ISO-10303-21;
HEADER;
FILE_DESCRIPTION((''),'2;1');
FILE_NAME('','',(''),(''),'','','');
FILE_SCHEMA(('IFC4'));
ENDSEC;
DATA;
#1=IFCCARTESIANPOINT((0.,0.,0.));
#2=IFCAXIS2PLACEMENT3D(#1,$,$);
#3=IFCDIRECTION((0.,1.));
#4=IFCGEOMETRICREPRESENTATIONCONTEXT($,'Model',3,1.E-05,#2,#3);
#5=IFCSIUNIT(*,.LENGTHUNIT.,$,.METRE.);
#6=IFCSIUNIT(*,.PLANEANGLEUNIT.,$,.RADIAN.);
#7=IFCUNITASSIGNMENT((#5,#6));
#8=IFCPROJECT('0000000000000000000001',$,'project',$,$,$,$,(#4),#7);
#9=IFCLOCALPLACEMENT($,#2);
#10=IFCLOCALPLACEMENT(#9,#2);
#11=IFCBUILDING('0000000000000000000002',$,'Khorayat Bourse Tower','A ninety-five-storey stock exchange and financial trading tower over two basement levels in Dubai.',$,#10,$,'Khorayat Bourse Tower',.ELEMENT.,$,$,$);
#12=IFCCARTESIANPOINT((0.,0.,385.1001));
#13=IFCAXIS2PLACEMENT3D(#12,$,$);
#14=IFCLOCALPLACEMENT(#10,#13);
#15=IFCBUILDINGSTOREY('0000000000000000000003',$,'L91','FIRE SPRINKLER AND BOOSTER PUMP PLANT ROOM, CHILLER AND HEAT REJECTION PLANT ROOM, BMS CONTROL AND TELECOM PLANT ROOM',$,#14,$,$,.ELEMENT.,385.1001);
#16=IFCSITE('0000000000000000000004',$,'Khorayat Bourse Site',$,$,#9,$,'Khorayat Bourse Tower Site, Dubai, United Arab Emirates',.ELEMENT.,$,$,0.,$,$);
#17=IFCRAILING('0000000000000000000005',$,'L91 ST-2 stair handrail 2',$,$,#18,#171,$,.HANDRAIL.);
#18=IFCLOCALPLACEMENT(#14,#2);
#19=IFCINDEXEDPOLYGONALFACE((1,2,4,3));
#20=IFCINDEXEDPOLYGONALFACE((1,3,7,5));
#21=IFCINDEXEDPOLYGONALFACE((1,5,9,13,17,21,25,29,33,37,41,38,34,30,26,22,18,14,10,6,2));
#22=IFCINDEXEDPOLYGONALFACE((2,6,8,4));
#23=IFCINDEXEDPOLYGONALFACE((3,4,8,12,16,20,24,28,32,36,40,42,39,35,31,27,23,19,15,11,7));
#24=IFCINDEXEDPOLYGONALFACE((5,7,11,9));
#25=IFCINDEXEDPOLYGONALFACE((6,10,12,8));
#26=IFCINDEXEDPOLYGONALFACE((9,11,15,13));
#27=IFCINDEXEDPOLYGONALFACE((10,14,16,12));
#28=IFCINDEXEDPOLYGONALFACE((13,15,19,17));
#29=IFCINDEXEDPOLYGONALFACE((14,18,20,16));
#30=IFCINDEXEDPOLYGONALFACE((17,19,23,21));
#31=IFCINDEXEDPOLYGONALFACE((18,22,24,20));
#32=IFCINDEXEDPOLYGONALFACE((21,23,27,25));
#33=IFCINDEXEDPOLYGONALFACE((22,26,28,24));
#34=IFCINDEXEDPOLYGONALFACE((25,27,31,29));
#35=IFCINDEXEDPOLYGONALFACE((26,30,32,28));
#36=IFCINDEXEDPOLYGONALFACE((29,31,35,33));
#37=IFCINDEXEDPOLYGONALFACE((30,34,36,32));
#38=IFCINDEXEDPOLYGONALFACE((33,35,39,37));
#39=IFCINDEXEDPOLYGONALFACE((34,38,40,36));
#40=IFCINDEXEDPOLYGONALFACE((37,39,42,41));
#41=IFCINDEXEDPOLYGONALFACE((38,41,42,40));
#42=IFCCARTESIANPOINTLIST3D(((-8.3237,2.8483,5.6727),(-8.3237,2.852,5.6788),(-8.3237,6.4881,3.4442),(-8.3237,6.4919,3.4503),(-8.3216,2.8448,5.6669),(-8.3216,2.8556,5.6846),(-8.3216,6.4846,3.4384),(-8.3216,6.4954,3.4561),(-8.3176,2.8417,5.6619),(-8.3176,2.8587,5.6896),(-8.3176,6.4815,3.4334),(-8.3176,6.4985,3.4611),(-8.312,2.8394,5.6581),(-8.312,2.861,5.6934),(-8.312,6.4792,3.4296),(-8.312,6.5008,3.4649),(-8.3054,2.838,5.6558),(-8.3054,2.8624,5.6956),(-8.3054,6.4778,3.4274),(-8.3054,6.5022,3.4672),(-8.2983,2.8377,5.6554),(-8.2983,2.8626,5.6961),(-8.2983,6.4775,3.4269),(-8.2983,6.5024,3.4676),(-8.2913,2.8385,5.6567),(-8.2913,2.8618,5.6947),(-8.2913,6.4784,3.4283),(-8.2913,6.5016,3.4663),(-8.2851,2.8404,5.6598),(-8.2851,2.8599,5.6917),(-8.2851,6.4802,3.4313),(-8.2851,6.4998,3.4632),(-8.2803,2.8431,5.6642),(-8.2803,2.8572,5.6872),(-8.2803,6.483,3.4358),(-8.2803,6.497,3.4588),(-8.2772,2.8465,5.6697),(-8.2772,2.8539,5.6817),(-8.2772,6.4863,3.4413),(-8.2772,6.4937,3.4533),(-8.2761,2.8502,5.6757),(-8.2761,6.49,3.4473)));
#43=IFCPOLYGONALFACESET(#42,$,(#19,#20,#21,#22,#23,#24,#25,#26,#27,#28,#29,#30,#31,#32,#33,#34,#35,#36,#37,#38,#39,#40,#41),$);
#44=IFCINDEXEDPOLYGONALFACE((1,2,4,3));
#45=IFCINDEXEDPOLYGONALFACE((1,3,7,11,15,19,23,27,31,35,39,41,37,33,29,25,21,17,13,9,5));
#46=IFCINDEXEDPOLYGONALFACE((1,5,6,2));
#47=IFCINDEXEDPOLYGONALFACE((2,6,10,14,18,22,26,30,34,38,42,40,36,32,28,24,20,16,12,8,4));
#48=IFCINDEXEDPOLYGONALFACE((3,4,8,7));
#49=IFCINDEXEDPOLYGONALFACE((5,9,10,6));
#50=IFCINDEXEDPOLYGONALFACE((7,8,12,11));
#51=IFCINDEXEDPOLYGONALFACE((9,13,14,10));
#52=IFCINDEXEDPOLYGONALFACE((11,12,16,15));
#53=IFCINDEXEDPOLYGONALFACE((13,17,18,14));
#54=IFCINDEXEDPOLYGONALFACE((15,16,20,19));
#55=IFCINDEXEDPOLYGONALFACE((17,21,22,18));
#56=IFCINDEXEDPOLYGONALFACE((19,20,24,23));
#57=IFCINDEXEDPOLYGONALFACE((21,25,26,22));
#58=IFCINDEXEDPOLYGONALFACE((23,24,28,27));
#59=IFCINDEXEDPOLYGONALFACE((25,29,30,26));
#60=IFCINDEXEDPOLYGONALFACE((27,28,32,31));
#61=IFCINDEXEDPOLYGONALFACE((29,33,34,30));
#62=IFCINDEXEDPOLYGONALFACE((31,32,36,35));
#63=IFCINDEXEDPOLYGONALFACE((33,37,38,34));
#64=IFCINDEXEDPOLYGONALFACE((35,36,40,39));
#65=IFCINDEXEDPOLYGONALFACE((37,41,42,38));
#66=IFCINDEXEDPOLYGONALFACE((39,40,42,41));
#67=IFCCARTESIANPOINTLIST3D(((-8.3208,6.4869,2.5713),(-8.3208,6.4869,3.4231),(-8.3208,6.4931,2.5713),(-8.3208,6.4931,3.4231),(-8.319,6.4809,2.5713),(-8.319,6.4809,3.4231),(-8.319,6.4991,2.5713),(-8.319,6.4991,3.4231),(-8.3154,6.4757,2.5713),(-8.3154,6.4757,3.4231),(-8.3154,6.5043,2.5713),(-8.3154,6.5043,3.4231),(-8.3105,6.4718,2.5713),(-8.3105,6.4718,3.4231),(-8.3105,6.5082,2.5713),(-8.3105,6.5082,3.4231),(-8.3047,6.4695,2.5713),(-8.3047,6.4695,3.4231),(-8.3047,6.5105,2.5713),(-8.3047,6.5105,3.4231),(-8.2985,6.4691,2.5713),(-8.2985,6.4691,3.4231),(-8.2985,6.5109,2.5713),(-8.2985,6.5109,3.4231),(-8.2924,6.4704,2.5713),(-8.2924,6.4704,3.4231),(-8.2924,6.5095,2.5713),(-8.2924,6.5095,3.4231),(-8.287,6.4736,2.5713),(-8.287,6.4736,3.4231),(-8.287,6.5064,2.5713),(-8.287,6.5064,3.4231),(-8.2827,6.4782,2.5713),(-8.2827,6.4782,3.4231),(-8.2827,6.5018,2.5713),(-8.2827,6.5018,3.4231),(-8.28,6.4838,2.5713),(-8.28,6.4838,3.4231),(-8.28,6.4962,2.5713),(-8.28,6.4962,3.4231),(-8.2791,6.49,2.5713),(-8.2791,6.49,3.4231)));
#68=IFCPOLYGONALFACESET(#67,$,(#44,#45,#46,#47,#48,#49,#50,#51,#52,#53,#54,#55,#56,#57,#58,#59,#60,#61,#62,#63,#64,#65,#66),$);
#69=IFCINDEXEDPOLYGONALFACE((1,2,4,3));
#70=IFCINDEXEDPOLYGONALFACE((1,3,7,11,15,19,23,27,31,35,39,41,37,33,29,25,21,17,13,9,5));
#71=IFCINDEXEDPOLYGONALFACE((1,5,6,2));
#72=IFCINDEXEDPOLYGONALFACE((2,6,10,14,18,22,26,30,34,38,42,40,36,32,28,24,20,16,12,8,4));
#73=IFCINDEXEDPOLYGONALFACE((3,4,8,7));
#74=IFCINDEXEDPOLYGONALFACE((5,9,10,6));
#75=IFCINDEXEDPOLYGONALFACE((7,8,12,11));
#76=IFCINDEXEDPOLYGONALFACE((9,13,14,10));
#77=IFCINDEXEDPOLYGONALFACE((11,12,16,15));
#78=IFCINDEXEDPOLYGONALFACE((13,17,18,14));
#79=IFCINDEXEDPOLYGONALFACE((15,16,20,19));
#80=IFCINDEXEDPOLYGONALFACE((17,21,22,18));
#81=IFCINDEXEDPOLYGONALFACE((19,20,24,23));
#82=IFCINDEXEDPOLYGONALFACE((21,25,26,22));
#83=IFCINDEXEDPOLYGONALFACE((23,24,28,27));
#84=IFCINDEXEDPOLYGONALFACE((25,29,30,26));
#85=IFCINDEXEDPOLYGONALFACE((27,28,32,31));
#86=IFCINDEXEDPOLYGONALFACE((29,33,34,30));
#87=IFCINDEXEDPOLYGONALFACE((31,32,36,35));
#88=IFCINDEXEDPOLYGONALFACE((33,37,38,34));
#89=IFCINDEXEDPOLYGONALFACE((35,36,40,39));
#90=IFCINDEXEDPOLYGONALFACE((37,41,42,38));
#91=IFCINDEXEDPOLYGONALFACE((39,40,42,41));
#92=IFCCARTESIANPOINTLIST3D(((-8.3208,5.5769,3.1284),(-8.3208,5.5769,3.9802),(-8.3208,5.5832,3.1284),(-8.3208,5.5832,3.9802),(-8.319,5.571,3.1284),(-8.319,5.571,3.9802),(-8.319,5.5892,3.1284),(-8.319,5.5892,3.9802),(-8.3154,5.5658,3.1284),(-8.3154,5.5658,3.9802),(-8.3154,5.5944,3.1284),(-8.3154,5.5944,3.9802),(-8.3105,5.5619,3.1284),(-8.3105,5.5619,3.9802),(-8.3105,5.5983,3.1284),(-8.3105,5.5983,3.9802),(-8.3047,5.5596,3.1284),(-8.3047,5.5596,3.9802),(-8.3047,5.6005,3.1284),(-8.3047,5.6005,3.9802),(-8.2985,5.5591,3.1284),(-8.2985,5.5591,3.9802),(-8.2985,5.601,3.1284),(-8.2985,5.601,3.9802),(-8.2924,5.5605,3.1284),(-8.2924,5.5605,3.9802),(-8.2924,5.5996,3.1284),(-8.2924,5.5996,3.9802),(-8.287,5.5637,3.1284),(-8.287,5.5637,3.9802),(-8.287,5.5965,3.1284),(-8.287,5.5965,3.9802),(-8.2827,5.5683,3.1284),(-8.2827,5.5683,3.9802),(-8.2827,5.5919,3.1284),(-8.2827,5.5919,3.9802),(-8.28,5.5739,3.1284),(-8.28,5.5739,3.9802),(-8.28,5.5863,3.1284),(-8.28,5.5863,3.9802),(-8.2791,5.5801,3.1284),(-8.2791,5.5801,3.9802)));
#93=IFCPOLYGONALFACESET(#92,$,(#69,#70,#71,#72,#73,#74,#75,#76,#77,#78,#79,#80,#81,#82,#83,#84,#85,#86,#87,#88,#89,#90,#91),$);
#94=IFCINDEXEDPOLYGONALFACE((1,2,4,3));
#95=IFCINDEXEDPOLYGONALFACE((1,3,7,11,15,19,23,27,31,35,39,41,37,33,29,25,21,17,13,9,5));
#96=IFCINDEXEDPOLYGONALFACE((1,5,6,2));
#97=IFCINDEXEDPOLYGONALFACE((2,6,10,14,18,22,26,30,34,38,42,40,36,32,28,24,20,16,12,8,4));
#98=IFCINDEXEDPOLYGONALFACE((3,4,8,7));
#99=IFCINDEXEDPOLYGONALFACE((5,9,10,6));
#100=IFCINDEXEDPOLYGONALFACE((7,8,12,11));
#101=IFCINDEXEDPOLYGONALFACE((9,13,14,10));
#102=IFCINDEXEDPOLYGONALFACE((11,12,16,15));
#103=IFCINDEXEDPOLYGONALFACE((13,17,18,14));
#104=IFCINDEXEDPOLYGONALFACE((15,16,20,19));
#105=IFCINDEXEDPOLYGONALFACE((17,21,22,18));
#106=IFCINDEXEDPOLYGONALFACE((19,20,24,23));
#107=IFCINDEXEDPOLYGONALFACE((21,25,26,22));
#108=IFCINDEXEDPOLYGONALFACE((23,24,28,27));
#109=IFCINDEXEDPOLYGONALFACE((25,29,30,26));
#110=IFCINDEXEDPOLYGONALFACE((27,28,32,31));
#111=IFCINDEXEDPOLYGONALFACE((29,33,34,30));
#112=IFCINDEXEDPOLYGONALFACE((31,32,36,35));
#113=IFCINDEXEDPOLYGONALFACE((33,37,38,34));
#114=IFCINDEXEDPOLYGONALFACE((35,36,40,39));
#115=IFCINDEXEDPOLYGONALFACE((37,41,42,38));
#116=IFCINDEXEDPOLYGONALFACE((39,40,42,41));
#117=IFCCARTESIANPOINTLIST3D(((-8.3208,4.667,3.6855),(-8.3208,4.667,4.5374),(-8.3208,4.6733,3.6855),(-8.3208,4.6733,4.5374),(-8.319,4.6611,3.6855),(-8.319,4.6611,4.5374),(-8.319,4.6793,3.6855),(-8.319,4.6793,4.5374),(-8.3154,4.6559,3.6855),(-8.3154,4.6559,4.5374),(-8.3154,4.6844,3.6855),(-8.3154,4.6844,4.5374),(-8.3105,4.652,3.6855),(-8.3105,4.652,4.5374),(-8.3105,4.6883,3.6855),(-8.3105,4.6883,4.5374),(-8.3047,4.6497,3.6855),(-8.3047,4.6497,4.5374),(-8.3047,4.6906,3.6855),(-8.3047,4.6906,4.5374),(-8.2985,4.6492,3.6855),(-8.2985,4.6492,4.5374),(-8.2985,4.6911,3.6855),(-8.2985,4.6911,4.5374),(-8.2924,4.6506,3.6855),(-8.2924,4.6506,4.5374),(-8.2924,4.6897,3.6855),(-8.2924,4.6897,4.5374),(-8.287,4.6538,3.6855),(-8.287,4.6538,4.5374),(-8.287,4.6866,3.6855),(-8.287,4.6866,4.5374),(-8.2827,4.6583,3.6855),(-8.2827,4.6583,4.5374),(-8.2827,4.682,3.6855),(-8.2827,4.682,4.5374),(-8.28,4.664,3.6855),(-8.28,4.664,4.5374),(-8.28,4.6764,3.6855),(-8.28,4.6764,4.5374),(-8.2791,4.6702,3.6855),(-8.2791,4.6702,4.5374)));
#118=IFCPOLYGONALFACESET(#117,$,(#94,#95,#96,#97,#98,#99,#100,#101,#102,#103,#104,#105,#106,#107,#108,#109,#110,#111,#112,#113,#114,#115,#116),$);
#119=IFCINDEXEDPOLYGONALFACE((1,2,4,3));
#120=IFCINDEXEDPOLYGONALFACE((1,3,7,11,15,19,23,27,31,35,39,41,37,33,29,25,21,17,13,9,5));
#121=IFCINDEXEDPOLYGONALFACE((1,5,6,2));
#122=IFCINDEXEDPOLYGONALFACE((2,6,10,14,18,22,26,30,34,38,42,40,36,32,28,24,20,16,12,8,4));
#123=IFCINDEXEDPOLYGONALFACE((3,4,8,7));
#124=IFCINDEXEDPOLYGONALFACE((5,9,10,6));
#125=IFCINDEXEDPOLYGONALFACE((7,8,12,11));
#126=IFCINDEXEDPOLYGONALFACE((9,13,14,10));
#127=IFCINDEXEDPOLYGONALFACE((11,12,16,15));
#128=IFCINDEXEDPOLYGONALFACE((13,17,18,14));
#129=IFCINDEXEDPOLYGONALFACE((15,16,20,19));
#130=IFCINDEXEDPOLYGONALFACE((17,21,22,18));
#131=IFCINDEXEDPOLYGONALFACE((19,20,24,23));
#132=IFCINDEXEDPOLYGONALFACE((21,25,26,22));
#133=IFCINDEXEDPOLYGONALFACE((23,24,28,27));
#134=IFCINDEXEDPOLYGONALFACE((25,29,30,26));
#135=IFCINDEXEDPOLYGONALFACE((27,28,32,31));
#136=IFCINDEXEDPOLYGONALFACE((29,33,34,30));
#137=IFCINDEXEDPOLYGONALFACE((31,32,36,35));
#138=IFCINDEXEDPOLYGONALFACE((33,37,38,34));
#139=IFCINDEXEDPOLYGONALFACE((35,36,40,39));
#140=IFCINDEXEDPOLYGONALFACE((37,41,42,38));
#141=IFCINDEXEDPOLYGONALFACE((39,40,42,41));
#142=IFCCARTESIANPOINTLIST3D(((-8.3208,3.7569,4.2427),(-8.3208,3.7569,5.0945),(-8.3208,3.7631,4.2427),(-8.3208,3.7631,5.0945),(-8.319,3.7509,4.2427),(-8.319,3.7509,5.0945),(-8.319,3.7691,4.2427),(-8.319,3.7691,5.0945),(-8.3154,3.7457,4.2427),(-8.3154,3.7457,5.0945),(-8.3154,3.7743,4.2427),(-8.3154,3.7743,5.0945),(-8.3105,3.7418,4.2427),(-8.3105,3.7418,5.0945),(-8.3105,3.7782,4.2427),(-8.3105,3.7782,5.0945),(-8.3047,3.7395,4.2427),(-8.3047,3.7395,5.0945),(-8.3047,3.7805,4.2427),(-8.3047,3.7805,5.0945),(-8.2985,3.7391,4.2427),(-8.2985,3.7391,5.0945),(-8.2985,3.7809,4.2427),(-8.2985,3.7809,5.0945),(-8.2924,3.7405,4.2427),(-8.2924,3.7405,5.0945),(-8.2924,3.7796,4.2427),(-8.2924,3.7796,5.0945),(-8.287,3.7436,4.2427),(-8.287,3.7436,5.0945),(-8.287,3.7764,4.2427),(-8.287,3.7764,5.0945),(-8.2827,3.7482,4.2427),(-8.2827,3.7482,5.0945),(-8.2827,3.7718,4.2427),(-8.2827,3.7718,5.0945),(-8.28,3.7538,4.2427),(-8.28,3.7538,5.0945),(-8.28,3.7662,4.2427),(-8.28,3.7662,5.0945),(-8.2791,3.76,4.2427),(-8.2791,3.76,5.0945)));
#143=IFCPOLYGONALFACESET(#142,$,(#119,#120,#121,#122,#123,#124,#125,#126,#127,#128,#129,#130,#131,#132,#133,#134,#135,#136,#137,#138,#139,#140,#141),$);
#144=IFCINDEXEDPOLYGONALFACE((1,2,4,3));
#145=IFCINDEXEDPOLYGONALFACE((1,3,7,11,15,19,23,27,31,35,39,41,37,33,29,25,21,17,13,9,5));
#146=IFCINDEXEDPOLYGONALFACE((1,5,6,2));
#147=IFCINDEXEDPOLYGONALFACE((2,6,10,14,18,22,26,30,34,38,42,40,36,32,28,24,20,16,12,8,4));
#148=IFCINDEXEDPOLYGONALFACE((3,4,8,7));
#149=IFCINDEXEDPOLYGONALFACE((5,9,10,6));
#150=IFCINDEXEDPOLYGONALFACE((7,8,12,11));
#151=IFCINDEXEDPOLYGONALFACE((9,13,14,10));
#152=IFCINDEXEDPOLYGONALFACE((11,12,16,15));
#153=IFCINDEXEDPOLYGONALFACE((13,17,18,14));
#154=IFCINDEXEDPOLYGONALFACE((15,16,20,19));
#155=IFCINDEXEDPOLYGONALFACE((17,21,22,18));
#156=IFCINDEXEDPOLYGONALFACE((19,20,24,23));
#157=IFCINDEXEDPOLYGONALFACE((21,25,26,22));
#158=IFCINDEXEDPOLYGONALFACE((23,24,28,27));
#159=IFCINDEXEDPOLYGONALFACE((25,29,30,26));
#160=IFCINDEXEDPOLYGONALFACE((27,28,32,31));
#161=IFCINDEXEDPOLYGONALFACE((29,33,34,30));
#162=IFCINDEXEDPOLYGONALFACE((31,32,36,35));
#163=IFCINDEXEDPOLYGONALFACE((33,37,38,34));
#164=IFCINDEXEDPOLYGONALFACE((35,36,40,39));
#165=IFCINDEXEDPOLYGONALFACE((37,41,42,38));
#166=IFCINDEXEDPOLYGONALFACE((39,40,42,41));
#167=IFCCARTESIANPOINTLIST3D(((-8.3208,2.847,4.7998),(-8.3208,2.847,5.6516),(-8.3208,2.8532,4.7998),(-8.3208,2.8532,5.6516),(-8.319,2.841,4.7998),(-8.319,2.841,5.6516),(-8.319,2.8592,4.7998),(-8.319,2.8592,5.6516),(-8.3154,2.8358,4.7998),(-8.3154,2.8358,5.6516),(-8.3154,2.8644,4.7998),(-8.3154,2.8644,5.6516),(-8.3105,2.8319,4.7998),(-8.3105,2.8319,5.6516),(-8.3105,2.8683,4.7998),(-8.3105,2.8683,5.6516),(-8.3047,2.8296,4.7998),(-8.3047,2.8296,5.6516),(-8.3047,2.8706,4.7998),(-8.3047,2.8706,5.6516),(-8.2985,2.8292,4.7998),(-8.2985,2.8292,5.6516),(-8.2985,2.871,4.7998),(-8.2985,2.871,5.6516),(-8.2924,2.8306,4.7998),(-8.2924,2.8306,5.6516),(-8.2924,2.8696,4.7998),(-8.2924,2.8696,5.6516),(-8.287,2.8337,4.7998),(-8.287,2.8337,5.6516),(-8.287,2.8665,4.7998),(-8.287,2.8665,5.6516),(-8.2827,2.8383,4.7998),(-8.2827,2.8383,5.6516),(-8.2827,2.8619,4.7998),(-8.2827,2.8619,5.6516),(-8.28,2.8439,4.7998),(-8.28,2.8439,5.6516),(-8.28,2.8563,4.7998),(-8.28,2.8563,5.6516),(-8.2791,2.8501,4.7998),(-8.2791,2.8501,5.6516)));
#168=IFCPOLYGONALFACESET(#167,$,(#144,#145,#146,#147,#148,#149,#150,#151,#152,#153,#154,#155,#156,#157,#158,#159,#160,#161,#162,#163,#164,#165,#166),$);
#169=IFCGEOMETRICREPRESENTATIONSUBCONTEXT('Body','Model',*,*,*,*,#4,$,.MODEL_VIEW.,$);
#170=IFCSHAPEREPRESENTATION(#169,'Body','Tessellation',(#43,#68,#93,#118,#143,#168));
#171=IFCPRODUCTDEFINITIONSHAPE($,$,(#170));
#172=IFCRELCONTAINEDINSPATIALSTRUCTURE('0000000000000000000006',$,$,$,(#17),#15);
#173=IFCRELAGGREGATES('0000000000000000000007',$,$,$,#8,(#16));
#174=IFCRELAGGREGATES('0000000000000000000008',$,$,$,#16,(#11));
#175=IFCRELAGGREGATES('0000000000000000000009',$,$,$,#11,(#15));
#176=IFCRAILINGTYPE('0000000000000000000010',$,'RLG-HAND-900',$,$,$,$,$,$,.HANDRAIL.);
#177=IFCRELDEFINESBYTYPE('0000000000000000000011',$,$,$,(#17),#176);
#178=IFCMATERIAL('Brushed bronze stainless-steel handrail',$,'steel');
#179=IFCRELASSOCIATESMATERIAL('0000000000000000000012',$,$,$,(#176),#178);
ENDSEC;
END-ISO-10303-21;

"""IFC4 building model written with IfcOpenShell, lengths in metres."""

from ifc_helpers import new_model, si_unit, direction, frame, origin, origin_2d, place, context, subcontext, project, spatial, circle, extrude, source, transform, mapped, material, type_object, element, save


model = new_model("IFC4")

# Units and contexts
model_context = context("Model", 3, precision=1e-05, world=origin(), true_north=direction((0.0, 1.0)))
body_context = subcontext(model_context, "Body", "Model", "MODEL_VIEW")
ifc_project = project(units=[si_unit("LENGTHUNIT", "METRE"), si_unit("PLANEANGLEUNIT", "RADIAN")], contexts=[model_context])

# Site, building, storey
site_placement = place(None, origin())
site = spatial("IfcSite", under=ifc_project, at=site_placement, Name="Khorayat Bourse Site", LongName="Khorayat Bourse Tower Site, Dubai, United Arab Emirates", CompositionType="ELEMENT", RefElevation=0.0)
building_placement = place(site_placement, origin())
building = spatial("IfcBuilding", under=site, at=building_placement, Name="Khorayat Bourse Tower", Description="A ninety-five-storey stock exchange and financial trading tower over two basement levels in Dubai.", LongName="Khorayat Bourse Tower", CompositionType="ELEMENT")
storey_placement = place(building_placement, frame((0.0, 0.0, 385.1001)))
storey = spatial("IfcBuildingStorey", under=building, at=storey_placement, Name="L91", Description="FIRE SPRINKLER AND BOOSTER PUMP PLANT ROOM, CHILLER AND HEAT REJECTION PLANT ROOM, BMS CONTROL AND TELECOM PLANT ROOM", CompositionType="ELEMENT", Elevation=385.1001)

# Railing
ifc_material_1 = material(Name="Brushed bronze stainless-steel handrail", Category="steel")
railing_type_1 = type_object("IfcRailingType", Name="RLG-HAND-900", PredefinedType="HANDRAIL", material=ifc_material_1)
shared_shape_1 = source(origin(), body_context, "Body", "SweptSolid", [
    extrude(circle(Radius=0.0239, at=origin_2d()), frame((0.0, 0.0, 0.876), z_axis=(0.0, -0.85285, 0.522156), x_axis=(1.0, 0.0, 0.0)), (0.0, 0.0, 1.0), 4.2678),
    extrude(circle(Radius=0.021, at=origin_2d()), origin(), (0.0, 0.0, 1.0), 0.8518),
    extrude(circle(Radius=0.021, at=origin_2d()), frame((0.0, -0.9099, 0.5571)), (0.0, 0.0, 1.0), 0.8518),
    extrude(circle(Radius=0.021, at=origin_2d()), frame((0.0, -1.8198, 1.1143)), (0.0, 0.0, 1.0), 0.8518),
    extrude(circle(Radius=0.021, at=origin_2d()), frame((0.0, -2.73, 1.6714)), (0.0, 0.0, 1.0), 0.8518),
    extrude(circle(Radius=0.021, at=origin_2d()), frame((0.0, -3.6399, 2.2285)), (0.0, 0.0, 1.0), 0.8518),
])
railing_1_placement = place(storey_placement, frame((-8.3, 6.49, 2.5713)))
element("IfcRailing", 1, at=railing_1_placement, inside=storey, type_object=railing_type_1, Name="L91 ST-2 stair handrail 2", PredefinedType="HANDRAIL", context=body_context, shape_type="MappedRepresentation", body=[
    mapped(shared_shape_1, transform((0.0, 0.0, 0.0), scale=1.0)),
])

save(model, "model.ifc")
